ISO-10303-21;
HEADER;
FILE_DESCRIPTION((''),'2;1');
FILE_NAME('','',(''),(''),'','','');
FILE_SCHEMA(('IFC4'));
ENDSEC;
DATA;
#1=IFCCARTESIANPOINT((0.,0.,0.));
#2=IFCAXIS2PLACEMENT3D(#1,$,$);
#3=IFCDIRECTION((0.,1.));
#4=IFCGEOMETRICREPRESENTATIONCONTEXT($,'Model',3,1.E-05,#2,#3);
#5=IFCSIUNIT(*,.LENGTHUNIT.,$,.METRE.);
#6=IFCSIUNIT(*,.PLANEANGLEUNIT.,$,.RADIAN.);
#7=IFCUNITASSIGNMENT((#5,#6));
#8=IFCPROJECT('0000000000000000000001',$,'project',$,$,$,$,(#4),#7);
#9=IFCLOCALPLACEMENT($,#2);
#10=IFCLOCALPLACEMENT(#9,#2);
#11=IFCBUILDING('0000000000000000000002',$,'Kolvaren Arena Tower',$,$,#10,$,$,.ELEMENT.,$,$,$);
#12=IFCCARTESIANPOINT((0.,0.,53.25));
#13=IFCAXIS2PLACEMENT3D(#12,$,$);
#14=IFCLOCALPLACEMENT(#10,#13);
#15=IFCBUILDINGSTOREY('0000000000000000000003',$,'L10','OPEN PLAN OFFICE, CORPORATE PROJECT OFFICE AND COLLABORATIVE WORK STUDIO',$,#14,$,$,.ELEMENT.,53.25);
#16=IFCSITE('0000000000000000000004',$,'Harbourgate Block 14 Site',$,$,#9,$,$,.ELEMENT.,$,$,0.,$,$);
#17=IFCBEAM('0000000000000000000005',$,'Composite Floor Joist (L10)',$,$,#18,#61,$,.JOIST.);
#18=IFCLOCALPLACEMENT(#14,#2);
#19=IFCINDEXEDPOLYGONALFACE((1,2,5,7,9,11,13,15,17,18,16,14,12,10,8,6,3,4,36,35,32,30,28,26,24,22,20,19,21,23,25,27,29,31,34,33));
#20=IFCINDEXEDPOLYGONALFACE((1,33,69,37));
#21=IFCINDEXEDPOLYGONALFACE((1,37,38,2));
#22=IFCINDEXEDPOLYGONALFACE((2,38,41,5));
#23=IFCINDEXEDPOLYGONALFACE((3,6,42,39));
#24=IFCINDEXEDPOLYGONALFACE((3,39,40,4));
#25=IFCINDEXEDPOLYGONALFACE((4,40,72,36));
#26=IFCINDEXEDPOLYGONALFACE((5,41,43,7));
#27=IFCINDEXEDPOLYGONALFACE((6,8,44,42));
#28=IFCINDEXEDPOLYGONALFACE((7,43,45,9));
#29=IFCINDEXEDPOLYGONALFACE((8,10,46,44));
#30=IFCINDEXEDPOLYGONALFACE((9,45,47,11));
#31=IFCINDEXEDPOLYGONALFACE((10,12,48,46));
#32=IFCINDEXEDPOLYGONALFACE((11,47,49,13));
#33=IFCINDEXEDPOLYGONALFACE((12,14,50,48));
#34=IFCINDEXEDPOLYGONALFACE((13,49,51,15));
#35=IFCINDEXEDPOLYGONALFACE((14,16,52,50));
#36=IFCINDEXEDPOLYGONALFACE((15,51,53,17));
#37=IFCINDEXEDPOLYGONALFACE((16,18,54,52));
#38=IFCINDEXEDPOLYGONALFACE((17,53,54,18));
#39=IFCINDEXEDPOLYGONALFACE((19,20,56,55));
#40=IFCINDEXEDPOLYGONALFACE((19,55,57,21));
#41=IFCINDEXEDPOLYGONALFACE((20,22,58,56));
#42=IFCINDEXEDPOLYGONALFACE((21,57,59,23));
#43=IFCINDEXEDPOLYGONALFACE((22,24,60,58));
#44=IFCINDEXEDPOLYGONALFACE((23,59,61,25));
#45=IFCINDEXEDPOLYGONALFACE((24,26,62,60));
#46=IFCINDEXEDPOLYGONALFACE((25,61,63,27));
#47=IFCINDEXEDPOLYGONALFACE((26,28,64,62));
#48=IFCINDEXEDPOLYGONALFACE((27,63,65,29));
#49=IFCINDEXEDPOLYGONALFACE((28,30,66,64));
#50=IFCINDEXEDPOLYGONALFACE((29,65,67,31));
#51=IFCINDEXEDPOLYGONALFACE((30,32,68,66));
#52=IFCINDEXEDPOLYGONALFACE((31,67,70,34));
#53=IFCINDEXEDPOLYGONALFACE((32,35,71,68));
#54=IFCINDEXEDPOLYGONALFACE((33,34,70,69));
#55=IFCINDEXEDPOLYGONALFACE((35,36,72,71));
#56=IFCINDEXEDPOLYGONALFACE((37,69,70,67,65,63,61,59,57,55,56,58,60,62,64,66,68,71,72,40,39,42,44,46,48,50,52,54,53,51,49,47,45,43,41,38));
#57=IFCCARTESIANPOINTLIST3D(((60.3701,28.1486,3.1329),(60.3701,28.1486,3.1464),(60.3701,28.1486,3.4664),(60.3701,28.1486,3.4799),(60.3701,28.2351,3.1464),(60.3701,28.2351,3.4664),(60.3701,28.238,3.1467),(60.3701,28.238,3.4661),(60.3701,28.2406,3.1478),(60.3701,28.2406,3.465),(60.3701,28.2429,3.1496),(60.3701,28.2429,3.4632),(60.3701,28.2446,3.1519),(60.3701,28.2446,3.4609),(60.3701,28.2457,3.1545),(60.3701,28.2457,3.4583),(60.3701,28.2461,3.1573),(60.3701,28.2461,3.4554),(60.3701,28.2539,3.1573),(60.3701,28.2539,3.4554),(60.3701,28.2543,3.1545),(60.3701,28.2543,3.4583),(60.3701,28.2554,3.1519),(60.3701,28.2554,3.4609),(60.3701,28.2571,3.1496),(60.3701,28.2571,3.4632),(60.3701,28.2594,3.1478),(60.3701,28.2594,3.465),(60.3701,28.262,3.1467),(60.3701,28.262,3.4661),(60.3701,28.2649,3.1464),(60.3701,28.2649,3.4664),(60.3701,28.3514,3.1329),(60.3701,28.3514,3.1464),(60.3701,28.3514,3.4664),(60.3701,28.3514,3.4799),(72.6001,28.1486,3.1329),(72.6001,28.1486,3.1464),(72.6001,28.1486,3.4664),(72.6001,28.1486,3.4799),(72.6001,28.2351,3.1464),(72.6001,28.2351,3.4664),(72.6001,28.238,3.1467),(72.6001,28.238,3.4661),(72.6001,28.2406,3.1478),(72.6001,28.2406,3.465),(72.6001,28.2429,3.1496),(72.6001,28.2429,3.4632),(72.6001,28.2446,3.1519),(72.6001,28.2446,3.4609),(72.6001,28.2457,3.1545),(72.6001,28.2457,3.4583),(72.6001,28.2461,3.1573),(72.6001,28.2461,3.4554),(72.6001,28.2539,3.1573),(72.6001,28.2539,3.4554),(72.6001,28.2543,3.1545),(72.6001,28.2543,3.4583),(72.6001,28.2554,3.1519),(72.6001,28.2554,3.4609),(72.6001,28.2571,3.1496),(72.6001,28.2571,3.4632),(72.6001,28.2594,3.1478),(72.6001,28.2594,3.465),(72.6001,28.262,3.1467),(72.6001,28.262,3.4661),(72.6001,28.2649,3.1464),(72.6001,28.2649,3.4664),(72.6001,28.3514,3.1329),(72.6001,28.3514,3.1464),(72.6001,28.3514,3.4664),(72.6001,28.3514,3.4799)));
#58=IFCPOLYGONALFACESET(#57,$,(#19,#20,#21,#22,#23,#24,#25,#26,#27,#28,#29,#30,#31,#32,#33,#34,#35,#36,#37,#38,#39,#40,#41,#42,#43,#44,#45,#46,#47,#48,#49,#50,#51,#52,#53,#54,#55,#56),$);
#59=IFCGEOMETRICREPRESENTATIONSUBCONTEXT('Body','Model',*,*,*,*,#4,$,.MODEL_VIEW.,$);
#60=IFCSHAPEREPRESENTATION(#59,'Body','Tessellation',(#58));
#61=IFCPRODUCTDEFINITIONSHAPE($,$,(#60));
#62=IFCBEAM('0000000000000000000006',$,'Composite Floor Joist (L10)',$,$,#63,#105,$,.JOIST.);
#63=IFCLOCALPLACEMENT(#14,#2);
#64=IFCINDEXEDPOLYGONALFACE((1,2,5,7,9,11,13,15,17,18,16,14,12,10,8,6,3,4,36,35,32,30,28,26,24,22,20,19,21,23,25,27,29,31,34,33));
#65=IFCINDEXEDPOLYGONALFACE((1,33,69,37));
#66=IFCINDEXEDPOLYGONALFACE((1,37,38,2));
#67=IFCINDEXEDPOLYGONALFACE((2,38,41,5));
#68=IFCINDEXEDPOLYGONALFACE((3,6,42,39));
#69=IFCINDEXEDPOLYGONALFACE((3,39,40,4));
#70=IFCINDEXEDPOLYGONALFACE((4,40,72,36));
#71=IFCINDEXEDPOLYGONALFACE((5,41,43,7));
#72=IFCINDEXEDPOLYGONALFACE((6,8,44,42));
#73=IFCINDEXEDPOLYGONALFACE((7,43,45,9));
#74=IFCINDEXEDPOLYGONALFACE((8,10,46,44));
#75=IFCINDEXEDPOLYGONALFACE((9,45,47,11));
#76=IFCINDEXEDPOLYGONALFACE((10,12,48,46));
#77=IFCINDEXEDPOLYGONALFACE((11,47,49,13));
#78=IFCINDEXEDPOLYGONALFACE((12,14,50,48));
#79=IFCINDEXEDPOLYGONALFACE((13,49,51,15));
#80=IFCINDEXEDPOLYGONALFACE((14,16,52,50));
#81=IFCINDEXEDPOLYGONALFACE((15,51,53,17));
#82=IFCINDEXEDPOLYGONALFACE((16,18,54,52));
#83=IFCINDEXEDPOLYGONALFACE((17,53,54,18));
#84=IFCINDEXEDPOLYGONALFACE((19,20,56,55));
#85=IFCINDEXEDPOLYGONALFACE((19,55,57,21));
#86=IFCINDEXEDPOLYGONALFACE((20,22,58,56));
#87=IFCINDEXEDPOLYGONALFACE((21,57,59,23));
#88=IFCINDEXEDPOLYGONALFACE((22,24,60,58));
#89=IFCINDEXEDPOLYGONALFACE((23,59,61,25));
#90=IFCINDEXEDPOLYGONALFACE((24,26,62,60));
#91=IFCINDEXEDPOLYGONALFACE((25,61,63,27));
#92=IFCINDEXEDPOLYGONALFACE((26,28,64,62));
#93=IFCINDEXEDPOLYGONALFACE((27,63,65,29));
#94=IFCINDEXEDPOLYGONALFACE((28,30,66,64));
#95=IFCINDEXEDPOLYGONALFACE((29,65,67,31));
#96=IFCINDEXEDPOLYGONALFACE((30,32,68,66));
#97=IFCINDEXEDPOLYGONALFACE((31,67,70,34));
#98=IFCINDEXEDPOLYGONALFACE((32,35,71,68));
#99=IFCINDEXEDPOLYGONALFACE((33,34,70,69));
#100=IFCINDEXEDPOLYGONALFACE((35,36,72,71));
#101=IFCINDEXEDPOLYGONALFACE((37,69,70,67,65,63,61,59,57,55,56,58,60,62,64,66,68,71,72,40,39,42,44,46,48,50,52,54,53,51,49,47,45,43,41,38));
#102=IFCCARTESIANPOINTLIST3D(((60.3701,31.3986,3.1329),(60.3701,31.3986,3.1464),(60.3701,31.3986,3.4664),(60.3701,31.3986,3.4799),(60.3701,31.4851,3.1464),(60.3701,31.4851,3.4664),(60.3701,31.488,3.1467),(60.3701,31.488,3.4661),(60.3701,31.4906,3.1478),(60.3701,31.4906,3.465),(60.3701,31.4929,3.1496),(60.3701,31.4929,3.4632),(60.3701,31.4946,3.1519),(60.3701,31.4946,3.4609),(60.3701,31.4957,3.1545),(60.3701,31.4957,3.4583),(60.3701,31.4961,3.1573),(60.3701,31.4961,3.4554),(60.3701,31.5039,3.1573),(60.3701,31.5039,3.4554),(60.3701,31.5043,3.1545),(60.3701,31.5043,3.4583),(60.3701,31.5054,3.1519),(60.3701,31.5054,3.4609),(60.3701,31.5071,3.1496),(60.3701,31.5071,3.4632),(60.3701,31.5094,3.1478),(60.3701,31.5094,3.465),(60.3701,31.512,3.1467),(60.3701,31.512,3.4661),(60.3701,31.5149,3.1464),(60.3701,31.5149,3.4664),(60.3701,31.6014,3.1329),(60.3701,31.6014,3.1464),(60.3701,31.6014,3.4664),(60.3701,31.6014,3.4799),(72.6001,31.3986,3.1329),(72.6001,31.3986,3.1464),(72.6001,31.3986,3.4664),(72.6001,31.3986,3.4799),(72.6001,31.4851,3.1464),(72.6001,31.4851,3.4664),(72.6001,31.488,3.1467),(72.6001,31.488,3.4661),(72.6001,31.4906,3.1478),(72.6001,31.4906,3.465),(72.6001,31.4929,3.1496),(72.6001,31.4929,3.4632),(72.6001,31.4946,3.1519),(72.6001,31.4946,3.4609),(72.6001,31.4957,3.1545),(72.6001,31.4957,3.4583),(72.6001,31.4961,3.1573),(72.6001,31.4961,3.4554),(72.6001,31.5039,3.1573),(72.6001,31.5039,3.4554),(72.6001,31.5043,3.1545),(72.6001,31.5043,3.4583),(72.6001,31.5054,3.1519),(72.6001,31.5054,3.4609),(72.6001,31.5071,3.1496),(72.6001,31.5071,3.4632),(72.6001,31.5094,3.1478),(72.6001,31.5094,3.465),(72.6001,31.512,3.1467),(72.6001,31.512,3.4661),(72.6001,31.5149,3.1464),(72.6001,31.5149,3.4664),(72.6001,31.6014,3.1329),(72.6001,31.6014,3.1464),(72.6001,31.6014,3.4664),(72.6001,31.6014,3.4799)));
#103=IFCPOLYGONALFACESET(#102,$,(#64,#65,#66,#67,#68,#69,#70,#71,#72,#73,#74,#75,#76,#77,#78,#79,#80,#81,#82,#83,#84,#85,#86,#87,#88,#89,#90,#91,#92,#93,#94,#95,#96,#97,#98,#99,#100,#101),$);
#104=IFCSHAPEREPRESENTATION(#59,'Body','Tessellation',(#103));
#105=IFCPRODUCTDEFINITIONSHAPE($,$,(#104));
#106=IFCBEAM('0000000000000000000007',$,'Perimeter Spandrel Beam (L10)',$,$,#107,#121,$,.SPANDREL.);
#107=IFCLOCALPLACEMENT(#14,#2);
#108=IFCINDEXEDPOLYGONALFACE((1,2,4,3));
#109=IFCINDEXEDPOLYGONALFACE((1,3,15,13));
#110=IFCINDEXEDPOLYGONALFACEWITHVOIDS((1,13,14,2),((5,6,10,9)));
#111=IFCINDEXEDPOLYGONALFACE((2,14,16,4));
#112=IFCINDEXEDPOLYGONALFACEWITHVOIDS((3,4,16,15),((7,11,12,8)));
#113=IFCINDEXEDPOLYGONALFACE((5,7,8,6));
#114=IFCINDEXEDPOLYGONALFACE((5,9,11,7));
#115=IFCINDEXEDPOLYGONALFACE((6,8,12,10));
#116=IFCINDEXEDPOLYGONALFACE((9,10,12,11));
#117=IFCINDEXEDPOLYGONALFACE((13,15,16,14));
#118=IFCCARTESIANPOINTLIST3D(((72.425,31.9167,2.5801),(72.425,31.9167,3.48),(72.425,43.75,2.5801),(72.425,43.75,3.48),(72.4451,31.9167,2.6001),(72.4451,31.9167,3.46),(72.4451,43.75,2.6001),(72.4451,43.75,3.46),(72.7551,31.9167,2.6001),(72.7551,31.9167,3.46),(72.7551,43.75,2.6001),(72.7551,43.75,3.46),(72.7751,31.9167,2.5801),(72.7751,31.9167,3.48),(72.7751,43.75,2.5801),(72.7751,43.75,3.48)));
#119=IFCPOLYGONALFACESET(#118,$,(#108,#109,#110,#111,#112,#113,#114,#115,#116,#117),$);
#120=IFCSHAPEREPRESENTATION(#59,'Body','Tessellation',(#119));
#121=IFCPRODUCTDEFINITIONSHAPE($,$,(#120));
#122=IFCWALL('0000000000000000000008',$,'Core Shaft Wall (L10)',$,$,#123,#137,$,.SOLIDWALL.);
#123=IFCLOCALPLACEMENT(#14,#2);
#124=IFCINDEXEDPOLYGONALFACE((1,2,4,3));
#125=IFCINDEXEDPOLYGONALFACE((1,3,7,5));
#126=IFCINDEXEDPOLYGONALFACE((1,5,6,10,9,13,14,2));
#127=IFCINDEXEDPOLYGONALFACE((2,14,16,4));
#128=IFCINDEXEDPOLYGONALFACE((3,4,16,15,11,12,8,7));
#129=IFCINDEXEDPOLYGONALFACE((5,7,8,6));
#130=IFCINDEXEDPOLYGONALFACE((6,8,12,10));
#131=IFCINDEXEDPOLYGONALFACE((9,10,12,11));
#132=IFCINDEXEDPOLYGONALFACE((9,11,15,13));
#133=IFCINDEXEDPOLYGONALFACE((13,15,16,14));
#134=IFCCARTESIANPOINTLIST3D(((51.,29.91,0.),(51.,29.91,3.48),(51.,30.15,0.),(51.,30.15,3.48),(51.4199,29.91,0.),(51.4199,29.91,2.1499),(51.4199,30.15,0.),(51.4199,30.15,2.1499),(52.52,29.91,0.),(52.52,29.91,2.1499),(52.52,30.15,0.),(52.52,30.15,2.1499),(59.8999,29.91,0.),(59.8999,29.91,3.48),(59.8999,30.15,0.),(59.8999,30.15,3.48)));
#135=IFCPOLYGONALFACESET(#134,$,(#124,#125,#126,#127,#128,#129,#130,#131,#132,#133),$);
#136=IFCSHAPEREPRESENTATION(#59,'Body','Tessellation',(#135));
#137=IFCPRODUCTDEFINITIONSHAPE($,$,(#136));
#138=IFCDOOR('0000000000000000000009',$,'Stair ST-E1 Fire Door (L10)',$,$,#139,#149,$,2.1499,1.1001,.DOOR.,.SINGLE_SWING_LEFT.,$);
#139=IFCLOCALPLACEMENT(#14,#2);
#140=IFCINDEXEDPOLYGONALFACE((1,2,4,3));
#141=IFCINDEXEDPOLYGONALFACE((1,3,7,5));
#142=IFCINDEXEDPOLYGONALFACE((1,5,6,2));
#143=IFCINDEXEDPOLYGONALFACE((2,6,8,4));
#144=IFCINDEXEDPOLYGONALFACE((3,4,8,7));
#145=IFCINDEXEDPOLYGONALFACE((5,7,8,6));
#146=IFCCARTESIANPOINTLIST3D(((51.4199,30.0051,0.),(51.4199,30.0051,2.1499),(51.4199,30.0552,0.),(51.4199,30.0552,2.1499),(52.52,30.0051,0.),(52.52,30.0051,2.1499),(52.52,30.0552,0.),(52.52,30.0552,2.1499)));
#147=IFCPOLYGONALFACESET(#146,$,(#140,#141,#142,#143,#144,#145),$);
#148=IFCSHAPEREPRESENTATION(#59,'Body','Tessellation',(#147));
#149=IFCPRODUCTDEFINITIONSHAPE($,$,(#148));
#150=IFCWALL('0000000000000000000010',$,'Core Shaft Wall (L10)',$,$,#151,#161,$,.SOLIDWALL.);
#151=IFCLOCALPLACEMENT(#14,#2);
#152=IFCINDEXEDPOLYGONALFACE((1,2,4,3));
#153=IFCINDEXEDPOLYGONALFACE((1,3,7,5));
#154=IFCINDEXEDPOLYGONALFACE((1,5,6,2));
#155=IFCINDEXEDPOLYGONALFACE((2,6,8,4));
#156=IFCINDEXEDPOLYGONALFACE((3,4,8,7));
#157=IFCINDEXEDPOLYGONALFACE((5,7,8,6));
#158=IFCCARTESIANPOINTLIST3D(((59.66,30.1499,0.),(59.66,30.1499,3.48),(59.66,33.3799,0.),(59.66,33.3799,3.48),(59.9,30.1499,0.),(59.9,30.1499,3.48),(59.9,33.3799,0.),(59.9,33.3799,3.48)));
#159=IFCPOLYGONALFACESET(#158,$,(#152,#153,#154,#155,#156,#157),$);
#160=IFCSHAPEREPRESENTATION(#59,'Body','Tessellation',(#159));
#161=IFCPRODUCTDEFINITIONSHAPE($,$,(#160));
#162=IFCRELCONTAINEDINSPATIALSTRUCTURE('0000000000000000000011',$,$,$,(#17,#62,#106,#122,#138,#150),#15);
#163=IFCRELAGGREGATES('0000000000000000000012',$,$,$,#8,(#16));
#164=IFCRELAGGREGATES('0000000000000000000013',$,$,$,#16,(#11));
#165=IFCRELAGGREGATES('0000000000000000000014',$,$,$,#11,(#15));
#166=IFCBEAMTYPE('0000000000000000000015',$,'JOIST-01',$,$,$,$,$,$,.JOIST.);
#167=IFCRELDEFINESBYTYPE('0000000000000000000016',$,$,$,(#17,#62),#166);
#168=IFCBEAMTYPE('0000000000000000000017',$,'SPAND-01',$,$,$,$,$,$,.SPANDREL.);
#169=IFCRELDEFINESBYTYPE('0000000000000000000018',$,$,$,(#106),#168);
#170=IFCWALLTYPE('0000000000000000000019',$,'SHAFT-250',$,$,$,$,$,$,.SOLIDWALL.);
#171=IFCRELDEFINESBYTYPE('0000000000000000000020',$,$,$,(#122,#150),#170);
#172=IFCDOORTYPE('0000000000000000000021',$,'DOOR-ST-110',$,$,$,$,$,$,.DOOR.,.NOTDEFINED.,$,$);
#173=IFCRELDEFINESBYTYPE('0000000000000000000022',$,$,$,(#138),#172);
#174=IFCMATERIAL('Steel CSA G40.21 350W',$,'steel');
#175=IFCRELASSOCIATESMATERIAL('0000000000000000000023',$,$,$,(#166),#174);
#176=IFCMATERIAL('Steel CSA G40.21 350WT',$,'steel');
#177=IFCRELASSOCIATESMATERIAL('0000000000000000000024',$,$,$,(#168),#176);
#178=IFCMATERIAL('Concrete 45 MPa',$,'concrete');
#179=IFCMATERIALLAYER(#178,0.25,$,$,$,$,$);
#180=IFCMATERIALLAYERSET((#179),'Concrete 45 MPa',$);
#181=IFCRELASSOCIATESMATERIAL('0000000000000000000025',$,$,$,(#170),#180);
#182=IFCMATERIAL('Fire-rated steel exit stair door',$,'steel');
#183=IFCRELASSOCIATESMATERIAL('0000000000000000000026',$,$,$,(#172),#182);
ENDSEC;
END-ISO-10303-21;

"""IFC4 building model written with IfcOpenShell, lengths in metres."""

from ifc_helpers import new_model, si_unit, direction, frame, frame_2d, origin, origin_2d, place, context, subcontext, project, spatial, rectangle, hollow_rectangle, i_section, extrude, material, layer, layer_set, material_profile, profile_set, type_object, element, fill, save


model = new_model("IFC4")

# Units and contexts
model_context = context("Model", 3, precision=1e-05, world=origin(), true_north=direction((0.0, 1.0)))
body_context = subcontext(model_context, "Body", "Model", "MODEL_VIEW")
ifc_project = project(units=[si_unit("LENGTHUNIT", "METRE"), si_unit("PLANEANGLEUNIT", "RADIAN")], contexts=[model_context])

# Site, building, storey
site_placement = place(None, origin())
site = spatial("IfcSite", under=ifc_project, at=site_placement, Name="Harbourgate Block 14 Site", CompositionType="ELEMENT", RefElevation=0.0)
building_placement = place(site_placement, origin())
building = spatial("IfcBuilding", under=site, at=building_placement, Name="Kolvaren Arena Tower", CompositionType="ELEMENT")
storey_placement = place(building_placement, frame((0.0, 0.0, 53.25)))
storey = spatial("IfcBuildingStorey", under=building, at=storey_placement, Name="L10", Description="OPEN PLAN OFFICE, CORPORATE PROJECT OFFICE AND COLLABORATIVE WORK STUDIO", CompositionType="ELEMENT", Elevation=53.25)

# Beams
ifc_material_1 = material(Name="Steel CSA G40.21 350W", Category="steel")
ifc_material_profile_1 = material_profile(ifc_material_1, i_section(OverallWidth=0.2029, OverallDepth=0.3469, WebThickness=0.0078, FlangeThickness=0.0134, FilletRadius=0.011, at=origin_2d()), Name="W360x64")
ifc_profile_set_1 = profile_set([ifc_material_profile_1], Name="Steel CSA G40.21 350W")
beam_type_1 = type_object("IfcBeamType", Name="JOIST-01", PredefinedType="JOIST", material=ifc_profile_set_1)
for number, where, z_axis, x_axis, name in (
    (1, (60.3701, 28.25, 3.3064), (1.0, 0.0, 0.0), (0.0, 1.0, 0.0), "Composite Floor Joist (L10)"),
    (2, (60.3701, 31.5, 3.3064), (1.0, 0.0, 0.0), (0.0, 1.0, 0.0), "Composite Floor Joist (L10)"),
):
    element("IfcBeam", number, at=place(storey_placement, frame(where, z_axis=z_axis, x_axis=x_axis)), inside=storey, type_object=beam_type_1, Name=name, PredefinedType="JOIST", context=body_context, shape_type="SweptSolid", body=[
        extrude(i_section(OverallWidth=0.2029, OverallDepth=0.3469, WebThickness=0.0078, FlangeThickness=0.0134, FilletRadius=0.011, at=origin_2d()), origin(), (0.0, 0.0, 1.0), 12.23),
    ])
ifc_material_2 = material(Name="Steel CSA G40.21 350WT", Category="steel")
ifc_material_profile_2 = material_profile(ifc_material_2, hollow_rectangle(XDim=0.3501, YDim=0.8999, WallThickness=0.02, at=origin_2d()), Name="HSS 900x350x20")
ifc_profile_set_2 = profile_set([ifc_material_profile_2], Name="Steel CSA G40.21 350WT")
beam_type_2 = type_object("IfcBeamType", Name="SPAND-01", PredefinedType="SPANDREL", material=ifc_profile_set_2)
beam_1_placement = place(storey_placement, frame((72.6001, 31.9167, 3.03), z_axis=(0.0, 1.0, 0.0), x_axis=(-1.0, 0.0, 0.0)))
element("IfcBeam", 3, at=beam_1_placement, inside=storey, type_object=beam_type_2, Name="Perimeter Spandrel Beam (L10)", PredefinedType="SPANDREL", context=body_context, shape_type="SweptSolid", body=[
    extrude(hollow_rectangle(XDim=0.3501, YDim=0.8999, WallThickness=0.02, at=origin_2d()), origin(), (0.0, 0.0, 1.0), 11.8333),
])

# Wall, opening, door
ifc_material_3 = material(Name="Concrete 45 MPa", Category="concrete")
ifc_layer = layer(ifc_material_3, 0.25)
ifc_layer_set = layer_set([ifc_layer], Name="Concrete 45 MPa")
wall_type = type_object("IfcWallType", Name="SHAFT-250", PredefinedType="SOLIDWALL", material=ifc_layer_set)
wall_1_placement = place(storey_placement, frame((59.8999, 30.03, 0.0), z_axis=(0.0, 0.0, 1.0), x_axis=(-1.0, 0.0, 0.0)))
wall_1 = element("IfcWall", 4, at=wall_1_placement, inside=storey, type_object=wall_type, Name="Core Shaft Wall (L10)", PredefinedType="SOLIDWALL", context=body_context, shape_type="SweptSolid", body=[
    extrude(rectangle(XDim=8.8999, YDim=0.24, at=frame_2d((4.45, 0.0))), origin(), (0.0, 0.0, 1.0), 3.48),
])
opening_1_placement = place(wall_1_placement, frame((7.3799, 0.0, 0.0)))
opening_1 = element("IfcOpeningElement", 5, at=opening_1_placement, cuts=wall_1, PredefinedType="OPENING", context=body_context, shape_type="SweptSolid", body=[
    extrude(rectangle(XDim=1.1001, YDim=2.1499, at=frame_2d((0.55, 1.075))), frame((0.0, 0.1299, 0.0), z_axis=(0.0, -1.0, 0.0), x_axis=(1.0, 0.0, 0.0)), (0.0, 0.0, 1.0), 0.26),
])
ifc_material_4 = material(Name="Fire-rated steel exit stair door", Category="steel")
door_type = type_object("IfcDoorType", Name="DOOR-ST-110", OperationType="NOTDEFINED", PredefinedType="DOOR", material=ifc_material_4)
door_1_placement = place(opening_1_placement, origin())
door_1 = element("IfcDoor", 6, at=door_1_placement, inside=storey, type_object=door_type, Name="Stair ST-E1 Fire Door (L10)", OperationType="SINGLE_SWING_LEFT", OverallHeight=2.1499, OverallWidth=1.1001, PredefinedType="DOOR", context=body_context, shape_type="SweptSolid", body=[
    extrude(rectangle(XDim=1.1001, YDim=2.1499, at=frame_2d((0.55, 1.075))), frame((0.0, 0.0249, 0.0), z_axis=(0.0, -1.0, 0.0), x_axis=(1.0, 0.0, 0.0)), (0.0, 0.0, 1.0), 0.05),
])
fill(opening_1, door_1)

# Wall
wall_2_placement = place(storey_placement, frame((59.78, 30.1499, 0.0), z_axis=(0.0, 0.0, 1.0), x_axis=(0.0, 1.0, 0.0)))
element("IfcWall", 7, at=wall_2_placement, inside=storey, type_object=wall_type, Name="Core Shaft Wall (L10)", PredefinedType="SOLIDWALL", context=body_context, shape_type="SweptSolid", body=[
    extrude(rectangle(XDim=3.23, YDim=0.24, at=frame_2d((1.615, 0.0))), origin(), (0.0, 0.0, 1.0), 3.48),
])

save(model, "model.ifc")
